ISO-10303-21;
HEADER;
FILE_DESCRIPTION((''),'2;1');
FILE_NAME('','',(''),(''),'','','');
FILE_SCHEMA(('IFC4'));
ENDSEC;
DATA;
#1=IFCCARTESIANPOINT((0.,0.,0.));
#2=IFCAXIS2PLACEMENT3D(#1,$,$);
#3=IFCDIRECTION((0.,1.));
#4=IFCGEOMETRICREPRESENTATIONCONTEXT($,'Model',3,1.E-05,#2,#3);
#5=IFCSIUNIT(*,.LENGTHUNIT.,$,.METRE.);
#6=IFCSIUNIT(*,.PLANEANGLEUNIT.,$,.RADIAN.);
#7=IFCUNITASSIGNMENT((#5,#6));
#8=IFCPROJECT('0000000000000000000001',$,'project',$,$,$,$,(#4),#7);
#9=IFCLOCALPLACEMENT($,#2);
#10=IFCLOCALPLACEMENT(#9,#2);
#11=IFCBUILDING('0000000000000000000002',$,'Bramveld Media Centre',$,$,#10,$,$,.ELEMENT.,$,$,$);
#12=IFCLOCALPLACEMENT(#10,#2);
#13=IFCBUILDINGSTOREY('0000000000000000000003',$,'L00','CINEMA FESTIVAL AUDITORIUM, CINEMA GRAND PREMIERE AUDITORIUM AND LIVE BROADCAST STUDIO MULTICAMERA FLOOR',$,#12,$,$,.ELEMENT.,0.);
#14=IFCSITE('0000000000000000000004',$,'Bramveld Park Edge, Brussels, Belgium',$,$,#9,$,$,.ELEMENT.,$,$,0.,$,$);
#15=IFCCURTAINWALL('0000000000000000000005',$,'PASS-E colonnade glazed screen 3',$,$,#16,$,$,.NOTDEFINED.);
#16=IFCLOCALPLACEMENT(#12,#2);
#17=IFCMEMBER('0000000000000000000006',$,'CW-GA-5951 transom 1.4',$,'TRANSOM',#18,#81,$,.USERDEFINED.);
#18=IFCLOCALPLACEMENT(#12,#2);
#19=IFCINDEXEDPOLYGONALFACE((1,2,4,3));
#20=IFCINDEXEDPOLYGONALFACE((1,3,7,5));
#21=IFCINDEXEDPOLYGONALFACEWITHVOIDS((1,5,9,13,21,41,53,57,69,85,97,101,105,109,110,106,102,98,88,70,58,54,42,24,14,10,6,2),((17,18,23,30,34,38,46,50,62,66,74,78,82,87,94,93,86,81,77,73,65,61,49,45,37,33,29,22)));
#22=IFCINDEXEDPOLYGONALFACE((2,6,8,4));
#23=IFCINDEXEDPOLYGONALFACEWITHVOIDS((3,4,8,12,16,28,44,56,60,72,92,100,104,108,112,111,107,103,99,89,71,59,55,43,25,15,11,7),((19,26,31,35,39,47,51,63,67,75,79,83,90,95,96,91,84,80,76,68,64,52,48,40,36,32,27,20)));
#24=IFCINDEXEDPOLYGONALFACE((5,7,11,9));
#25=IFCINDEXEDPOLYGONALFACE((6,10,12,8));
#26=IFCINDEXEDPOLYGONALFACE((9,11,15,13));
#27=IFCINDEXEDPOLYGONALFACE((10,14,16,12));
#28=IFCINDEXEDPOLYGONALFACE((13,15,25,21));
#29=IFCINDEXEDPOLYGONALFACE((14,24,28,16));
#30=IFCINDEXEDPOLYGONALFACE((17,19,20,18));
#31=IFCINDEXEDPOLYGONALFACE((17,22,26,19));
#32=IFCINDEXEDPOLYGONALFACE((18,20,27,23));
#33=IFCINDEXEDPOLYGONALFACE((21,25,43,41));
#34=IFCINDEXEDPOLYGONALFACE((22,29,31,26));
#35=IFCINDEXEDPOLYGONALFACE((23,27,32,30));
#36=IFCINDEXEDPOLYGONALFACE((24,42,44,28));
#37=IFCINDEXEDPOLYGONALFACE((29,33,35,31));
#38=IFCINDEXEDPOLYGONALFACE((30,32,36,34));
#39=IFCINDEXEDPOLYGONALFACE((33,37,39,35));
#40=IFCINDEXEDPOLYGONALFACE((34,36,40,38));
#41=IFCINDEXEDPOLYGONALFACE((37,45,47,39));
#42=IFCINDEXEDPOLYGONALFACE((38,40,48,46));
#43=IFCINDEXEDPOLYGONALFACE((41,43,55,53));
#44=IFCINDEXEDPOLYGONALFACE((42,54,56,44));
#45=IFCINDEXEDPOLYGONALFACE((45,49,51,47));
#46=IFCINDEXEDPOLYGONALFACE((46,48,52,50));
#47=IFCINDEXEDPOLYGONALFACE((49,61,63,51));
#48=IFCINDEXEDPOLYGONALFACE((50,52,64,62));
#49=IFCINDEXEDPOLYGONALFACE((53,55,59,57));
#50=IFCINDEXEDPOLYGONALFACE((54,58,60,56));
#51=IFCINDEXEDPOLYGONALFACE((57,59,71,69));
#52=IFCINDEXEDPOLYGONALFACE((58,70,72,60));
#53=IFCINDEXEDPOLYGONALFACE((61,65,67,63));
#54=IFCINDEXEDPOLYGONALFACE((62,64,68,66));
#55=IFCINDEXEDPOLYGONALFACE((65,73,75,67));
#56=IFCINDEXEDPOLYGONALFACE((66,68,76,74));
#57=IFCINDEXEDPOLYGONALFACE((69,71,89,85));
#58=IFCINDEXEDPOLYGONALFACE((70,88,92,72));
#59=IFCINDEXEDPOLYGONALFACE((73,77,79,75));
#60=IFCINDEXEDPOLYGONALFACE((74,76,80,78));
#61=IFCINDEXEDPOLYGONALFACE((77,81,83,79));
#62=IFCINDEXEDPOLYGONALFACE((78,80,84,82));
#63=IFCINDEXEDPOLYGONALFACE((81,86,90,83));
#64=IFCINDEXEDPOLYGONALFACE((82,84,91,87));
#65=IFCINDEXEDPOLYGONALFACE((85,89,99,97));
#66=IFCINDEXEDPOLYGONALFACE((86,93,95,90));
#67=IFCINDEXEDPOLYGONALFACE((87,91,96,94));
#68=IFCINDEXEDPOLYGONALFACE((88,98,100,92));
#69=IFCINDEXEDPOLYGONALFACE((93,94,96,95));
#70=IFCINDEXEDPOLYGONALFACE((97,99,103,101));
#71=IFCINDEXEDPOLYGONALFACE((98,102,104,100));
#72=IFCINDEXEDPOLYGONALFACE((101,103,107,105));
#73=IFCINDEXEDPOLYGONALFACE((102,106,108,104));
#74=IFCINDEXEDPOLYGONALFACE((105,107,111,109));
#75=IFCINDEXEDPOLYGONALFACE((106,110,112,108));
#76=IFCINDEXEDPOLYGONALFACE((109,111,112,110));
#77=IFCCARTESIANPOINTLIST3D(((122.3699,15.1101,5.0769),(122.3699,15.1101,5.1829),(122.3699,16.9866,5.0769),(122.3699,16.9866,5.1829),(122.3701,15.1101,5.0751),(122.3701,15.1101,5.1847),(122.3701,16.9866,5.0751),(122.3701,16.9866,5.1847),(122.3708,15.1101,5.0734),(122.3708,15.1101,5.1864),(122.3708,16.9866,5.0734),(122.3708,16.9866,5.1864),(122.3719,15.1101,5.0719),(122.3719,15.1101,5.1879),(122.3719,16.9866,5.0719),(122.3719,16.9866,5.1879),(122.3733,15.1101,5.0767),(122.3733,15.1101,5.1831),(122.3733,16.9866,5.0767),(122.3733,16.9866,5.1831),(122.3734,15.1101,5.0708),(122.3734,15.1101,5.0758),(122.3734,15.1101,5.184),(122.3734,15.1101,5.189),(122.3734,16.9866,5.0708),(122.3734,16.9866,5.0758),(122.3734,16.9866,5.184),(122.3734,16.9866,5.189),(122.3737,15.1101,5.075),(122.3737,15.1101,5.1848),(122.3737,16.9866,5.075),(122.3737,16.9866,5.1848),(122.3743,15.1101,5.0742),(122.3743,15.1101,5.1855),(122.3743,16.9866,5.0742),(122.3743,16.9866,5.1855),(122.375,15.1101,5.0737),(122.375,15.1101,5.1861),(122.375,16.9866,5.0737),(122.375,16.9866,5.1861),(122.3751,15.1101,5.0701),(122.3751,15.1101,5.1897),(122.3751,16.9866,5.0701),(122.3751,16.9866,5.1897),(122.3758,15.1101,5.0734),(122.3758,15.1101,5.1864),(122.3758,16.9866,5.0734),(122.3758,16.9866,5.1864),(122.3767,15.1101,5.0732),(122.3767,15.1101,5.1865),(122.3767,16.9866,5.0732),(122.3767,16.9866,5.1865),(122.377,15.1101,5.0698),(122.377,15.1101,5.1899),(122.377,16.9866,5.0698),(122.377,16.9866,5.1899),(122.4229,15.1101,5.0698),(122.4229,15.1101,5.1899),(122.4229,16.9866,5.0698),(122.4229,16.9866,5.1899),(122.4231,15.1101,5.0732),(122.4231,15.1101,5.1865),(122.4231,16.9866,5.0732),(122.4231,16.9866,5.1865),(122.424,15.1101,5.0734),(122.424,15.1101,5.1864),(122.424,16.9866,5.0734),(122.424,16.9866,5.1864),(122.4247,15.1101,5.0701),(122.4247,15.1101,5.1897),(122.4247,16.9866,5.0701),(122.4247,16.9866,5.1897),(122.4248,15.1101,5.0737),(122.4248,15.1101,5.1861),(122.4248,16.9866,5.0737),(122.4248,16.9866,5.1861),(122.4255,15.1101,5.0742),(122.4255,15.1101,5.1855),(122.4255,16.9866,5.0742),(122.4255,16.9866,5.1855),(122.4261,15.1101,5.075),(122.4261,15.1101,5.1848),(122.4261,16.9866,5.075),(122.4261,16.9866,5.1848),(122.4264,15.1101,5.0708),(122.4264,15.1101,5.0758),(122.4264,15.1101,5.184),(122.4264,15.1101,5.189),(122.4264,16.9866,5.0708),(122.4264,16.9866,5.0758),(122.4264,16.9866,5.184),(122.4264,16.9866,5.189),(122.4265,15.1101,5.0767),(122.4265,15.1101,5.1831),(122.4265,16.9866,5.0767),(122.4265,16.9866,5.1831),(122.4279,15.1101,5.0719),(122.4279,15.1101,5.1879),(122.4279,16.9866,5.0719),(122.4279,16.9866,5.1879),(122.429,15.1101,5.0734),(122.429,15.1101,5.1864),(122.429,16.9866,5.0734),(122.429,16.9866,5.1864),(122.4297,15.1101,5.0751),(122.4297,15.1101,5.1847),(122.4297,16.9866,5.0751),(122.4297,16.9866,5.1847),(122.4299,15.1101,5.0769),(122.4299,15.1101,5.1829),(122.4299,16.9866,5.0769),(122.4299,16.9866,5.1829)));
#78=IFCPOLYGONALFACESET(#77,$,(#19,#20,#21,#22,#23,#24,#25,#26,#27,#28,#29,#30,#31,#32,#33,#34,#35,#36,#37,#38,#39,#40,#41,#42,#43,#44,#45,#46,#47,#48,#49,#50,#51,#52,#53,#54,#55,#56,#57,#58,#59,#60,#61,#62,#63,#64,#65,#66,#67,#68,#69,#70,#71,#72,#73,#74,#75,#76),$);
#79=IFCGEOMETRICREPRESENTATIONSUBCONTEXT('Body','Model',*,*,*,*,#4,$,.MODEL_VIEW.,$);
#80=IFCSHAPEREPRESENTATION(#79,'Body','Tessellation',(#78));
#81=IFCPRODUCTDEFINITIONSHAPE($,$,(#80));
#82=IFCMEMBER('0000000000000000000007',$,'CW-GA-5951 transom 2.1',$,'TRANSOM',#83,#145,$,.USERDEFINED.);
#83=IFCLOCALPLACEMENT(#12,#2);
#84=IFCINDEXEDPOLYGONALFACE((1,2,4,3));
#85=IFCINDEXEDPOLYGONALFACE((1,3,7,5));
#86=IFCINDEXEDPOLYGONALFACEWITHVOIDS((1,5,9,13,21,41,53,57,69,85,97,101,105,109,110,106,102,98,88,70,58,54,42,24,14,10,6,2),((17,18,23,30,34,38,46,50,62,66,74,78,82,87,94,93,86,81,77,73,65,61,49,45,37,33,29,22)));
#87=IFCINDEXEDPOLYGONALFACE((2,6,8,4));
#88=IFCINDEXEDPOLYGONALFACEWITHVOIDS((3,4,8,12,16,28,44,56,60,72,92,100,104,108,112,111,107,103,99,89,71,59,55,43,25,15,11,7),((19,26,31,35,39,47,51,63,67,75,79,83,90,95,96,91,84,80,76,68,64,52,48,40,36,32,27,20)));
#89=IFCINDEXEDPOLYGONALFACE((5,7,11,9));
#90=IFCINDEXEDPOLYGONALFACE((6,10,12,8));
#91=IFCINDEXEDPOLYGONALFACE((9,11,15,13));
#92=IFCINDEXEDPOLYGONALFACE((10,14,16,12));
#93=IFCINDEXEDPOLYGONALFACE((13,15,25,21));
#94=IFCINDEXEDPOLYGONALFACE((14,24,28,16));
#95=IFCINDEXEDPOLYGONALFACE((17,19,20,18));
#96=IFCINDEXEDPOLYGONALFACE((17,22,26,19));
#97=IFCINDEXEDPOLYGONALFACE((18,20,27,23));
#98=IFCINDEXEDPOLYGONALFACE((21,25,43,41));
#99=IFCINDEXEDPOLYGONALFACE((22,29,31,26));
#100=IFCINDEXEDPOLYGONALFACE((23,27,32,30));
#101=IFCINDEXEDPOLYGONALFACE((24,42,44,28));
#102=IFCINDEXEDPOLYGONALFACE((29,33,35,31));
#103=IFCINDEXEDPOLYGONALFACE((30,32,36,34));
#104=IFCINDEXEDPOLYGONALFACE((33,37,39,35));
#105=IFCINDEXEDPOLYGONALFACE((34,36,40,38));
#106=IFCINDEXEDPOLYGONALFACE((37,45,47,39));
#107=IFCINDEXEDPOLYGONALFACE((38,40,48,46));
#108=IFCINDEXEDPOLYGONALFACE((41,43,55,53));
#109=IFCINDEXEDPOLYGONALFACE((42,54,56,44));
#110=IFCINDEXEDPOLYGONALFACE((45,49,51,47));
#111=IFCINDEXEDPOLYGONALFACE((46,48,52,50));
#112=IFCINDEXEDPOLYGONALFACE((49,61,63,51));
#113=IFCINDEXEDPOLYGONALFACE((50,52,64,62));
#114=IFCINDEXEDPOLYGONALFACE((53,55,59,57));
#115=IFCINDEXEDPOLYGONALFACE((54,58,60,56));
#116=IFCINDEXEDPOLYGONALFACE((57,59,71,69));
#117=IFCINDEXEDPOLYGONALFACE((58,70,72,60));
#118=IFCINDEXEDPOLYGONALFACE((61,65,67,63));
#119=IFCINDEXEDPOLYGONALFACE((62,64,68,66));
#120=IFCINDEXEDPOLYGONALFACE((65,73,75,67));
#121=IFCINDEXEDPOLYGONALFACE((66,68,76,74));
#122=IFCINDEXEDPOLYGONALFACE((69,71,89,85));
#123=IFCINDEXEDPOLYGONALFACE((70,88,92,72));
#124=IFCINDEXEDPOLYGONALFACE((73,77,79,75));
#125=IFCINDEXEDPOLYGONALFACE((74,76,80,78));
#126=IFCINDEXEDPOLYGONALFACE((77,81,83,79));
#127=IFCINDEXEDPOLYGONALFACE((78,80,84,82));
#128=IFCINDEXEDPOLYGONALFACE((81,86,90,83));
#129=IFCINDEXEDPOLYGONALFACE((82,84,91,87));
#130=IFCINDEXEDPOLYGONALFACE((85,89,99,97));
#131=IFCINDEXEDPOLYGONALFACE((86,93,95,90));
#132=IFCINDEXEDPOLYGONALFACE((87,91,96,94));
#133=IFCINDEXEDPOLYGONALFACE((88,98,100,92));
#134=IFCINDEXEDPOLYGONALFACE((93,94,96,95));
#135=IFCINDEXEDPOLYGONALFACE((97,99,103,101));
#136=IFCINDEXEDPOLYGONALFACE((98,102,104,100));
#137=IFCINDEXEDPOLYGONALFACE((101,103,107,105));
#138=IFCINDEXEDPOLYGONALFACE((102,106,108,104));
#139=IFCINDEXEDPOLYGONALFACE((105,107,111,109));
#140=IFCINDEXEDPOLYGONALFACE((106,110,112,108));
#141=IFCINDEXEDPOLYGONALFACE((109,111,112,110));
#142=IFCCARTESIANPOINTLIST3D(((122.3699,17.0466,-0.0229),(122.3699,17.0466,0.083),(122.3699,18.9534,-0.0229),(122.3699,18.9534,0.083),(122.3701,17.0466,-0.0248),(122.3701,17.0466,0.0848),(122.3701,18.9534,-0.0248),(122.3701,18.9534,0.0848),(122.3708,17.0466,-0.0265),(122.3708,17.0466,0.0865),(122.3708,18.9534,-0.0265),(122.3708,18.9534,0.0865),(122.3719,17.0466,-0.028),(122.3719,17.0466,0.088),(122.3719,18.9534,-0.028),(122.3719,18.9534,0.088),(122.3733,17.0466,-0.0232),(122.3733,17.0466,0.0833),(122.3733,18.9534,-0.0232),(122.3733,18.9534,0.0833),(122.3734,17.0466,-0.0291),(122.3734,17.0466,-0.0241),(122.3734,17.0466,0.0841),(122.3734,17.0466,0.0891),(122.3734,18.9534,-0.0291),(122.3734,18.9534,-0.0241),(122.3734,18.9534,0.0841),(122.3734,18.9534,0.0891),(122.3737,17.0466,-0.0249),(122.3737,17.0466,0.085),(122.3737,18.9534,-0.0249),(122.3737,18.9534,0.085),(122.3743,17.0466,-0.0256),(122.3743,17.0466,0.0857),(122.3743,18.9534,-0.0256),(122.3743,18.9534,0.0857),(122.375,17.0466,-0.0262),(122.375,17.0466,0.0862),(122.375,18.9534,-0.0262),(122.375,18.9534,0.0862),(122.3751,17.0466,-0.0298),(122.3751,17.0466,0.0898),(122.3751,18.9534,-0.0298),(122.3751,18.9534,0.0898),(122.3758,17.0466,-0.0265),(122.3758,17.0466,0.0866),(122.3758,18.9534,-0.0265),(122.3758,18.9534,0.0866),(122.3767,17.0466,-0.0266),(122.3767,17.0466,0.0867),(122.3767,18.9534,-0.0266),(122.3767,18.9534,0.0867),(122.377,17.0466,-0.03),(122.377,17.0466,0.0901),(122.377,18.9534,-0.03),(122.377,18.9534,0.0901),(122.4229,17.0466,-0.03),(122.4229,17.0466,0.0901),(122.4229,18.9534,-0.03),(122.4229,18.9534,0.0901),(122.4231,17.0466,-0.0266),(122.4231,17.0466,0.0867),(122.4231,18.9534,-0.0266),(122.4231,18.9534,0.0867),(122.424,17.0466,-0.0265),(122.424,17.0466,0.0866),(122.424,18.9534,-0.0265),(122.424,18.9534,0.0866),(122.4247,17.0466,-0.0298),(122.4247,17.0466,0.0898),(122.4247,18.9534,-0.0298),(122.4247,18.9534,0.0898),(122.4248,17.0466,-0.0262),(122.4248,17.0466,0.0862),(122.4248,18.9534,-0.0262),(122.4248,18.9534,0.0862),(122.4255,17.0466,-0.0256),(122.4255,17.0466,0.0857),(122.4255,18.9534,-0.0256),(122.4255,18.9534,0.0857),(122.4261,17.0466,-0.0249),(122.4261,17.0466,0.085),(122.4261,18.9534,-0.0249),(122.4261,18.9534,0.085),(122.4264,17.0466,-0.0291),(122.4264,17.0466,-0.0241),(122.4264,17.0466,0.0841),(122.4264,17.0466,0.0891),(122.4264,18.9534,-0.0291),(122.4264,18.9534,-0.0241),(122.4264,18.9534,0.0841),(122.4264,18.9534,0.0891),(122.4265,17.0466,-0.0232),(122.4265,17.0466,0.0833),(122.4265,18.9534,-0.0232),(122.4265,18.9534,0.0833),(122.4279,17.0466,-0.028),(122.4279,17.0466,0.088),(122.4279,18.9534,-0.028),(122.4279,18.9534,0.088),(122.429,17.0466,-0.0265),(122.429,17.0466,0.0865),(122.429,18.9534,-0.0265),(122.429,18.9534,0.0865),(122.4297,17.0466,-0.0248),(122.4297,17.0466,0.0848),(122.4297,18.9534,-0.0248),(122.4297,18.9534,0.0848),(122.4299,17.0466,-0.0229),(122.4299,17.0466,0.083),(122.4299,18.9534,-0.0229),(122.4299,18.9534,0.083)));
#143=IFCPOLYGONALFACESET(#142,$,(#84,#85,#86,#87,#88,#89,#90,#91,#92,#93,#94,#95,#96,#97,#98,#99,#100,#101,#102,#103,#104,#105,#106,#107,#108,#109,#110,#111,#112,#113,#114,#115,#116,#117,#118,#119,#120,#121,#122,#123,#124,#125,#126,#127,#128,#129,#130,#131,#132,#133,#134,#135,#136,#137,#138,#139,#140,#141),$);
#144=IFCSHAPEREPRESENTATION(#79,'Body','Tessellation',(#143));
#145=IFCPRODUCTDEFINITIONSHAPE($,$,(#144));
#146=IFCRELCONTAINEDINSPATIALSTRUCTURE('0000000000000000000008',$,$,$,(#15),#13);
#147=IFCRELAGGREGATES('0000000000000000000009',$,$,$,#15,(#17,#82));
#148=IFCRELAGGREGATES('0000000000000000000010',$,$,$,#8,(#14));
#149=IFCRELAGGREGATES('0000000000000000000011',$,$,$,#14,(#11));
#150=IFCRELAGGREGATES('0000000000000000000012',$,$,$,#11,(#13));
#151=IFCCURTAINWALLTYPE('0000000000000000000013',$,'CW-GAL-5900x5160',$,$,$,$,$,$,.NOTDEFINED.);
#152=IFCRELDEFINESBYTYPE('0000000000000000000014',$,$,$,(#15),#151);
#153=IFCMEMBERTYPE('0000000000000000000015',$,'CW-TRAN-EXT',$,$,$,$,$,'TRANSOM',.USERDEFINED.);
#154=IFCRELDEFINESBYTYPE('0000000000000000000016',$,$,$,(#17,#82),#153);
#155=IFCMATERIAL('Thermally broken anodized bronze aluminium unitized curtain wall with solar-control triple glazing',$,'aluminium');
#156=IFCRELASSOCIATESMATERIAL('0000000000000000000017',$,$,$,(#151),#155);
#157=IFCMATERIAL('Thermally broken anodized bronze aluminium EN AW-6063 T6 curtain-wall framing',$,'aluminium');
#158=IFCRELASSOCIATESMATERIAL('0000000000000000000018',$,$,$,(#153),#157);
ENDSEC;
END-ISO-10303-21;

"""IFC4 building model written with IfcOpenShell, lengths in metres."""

from ifc_helpers import new_model, si_unit, direction, frame, origin, origin_2d, place, context, subcontext, project, spatial, hollow_rectangle, extrude, material, material_profile, profile_set, type_object, element, aggregate, save


model = new_model("IFC4")

# Units and contexts
model_context = context("Model", 3, precision=1e-05, world=origin(), true_north=direction((0.0, 1.0)))
body_context = subcontext(model_context, "Body", "Model", "MODEL_VIEW")
ifc_project = project(units=[si_unit("LENGTHUNIT", "METRE"), si_unit("PLANEANGLEUNIT", "RADIAN")], contexts=[model_context])

# Site, building, storey
site_placement = place(None, origin())
site = spatial("IfcSite", under=ifc_project, at=site_placement, Name="Bramveld Park Edge, Brussels, Belgium", CompositionType="ELEMENT", RefElevation=0.0)
building_placement = place(site_placement, origin())
building = spatial("IfcBuilding", under=site, at=building_placement, Name="Bramveld Media Centre", CompositionType="ELEMENT")
storey_placement = place(building_placement, origin())
storey = spatial("IfcBuildingStorey", under=building, at=storey_placement, Name="L00", Description="CINEMA FESTIVAL AUDITORIUM, CINEMA GRAND PREMIERE AUDITORIUM AND LIVE BROADCAST STUDIO MULTICAMERA FLOOR", CompositionType="ELEMENT", Elevation=0.0)

# Curtain wall, members
ifc_material_1 = material(Name="Thermally broken anodized bronze aluminium unitized curtain wall with solar-control triple glazing", Category="aluminium")
curtain_wall_type = type_object("IfcCurtainWallType", Name="CW-GAL-5900x5160", PredefinedType="NOTDEFINED", material=ifc_material_1)
curtain_wall_placement = place(storey_placement, origin())
curtain_wall = element("IfcCurtainWall", 1, at=curtain_wall_placement, inside=storey, type_object=curtain_wall_type, Name="PASS-E colonnade glazed screen 3", PredefinedType="NOTDEFINED")
ifc_material_2 = material(Name="Thermally broken anodized bronze aluminium EN AW-6063 T6 curtain-wall framing", Category="aluminium")
ifc_material_profile_1 = material_profile(ifc_material_2, hollow_rectangle(XDim=0.0601, YDim=0.1201, WallThickness=0.0034, InnerFilletRadius=0.0034, OuterFilletRadius=0.0071, at=origin_2d()), Name="AL-TRAN 60x120")
ifc_profile_set_1 = profile_set([ifc_material_profile_1], Name="Thermally broken anodized bronze aluminium EN AW-6063 T6 curtain-wall framing")
member_type_1 = type_object("IfcMemberType", Name="CW-TRAN-EXT", ElementType="TRANSOM", PredefinedType="USERDEFINED", material=ifc_profile_set_1)
member_1_placement = place(storey_placement, frame((122.3999, 15.1101, 5.1299), z_axis=(0.0, 1.0, 0.0), x_axis=(-1.0, 0.0, 0.0)))
member_1 = element("IfcMember", 2, at=member_1_placement, type_object=member_type_1, Name="CW-GA-5951 transom 1.4", ObjectType="TRANSOM", PredefinedType="USERDEFINED", context=body_context, shape_type="SweptSolid", body=[
    extrude(hollow_rectangle(XDim=0.0601, YDim=0.1201, WallThickness=0.0034, InnerFilletRadius=0.0034, OuterFilletRadius=0.0071, at=origin_2d()), origin(), (0.0, 0.0, 1.0), 1.8765),
])
member_2_placement = place(storey_placement, frame((122.3999, 17.0466, 0.03), z_axis=(0.0, 1.0, 0.0), x_axis=(-1.0, 0.0, 0.0)))
member_2 = element("IfcMember", 3, at=member_2_placement, type_object=member_type_1, Name="CW-GA-5951 transom 2.1", ObjectType="TRANSOM", PredefinedType="USERDEFINED", context=body_context, shape_type="SweptSolid", body=[
    extrude(hollow_rectangle(XDim=0.0601, YDim=0.1201, WallThickness=0.0034, InnerFilletRadius=0.0034, OuterFilletRadius=0.0071, at=origin_2d()), origin(), (0.0, 0.0, 1.0), 1.9067),
])
aggregate(curtain_wall, [member_1, member_2])

save(model, "model.ifc")
